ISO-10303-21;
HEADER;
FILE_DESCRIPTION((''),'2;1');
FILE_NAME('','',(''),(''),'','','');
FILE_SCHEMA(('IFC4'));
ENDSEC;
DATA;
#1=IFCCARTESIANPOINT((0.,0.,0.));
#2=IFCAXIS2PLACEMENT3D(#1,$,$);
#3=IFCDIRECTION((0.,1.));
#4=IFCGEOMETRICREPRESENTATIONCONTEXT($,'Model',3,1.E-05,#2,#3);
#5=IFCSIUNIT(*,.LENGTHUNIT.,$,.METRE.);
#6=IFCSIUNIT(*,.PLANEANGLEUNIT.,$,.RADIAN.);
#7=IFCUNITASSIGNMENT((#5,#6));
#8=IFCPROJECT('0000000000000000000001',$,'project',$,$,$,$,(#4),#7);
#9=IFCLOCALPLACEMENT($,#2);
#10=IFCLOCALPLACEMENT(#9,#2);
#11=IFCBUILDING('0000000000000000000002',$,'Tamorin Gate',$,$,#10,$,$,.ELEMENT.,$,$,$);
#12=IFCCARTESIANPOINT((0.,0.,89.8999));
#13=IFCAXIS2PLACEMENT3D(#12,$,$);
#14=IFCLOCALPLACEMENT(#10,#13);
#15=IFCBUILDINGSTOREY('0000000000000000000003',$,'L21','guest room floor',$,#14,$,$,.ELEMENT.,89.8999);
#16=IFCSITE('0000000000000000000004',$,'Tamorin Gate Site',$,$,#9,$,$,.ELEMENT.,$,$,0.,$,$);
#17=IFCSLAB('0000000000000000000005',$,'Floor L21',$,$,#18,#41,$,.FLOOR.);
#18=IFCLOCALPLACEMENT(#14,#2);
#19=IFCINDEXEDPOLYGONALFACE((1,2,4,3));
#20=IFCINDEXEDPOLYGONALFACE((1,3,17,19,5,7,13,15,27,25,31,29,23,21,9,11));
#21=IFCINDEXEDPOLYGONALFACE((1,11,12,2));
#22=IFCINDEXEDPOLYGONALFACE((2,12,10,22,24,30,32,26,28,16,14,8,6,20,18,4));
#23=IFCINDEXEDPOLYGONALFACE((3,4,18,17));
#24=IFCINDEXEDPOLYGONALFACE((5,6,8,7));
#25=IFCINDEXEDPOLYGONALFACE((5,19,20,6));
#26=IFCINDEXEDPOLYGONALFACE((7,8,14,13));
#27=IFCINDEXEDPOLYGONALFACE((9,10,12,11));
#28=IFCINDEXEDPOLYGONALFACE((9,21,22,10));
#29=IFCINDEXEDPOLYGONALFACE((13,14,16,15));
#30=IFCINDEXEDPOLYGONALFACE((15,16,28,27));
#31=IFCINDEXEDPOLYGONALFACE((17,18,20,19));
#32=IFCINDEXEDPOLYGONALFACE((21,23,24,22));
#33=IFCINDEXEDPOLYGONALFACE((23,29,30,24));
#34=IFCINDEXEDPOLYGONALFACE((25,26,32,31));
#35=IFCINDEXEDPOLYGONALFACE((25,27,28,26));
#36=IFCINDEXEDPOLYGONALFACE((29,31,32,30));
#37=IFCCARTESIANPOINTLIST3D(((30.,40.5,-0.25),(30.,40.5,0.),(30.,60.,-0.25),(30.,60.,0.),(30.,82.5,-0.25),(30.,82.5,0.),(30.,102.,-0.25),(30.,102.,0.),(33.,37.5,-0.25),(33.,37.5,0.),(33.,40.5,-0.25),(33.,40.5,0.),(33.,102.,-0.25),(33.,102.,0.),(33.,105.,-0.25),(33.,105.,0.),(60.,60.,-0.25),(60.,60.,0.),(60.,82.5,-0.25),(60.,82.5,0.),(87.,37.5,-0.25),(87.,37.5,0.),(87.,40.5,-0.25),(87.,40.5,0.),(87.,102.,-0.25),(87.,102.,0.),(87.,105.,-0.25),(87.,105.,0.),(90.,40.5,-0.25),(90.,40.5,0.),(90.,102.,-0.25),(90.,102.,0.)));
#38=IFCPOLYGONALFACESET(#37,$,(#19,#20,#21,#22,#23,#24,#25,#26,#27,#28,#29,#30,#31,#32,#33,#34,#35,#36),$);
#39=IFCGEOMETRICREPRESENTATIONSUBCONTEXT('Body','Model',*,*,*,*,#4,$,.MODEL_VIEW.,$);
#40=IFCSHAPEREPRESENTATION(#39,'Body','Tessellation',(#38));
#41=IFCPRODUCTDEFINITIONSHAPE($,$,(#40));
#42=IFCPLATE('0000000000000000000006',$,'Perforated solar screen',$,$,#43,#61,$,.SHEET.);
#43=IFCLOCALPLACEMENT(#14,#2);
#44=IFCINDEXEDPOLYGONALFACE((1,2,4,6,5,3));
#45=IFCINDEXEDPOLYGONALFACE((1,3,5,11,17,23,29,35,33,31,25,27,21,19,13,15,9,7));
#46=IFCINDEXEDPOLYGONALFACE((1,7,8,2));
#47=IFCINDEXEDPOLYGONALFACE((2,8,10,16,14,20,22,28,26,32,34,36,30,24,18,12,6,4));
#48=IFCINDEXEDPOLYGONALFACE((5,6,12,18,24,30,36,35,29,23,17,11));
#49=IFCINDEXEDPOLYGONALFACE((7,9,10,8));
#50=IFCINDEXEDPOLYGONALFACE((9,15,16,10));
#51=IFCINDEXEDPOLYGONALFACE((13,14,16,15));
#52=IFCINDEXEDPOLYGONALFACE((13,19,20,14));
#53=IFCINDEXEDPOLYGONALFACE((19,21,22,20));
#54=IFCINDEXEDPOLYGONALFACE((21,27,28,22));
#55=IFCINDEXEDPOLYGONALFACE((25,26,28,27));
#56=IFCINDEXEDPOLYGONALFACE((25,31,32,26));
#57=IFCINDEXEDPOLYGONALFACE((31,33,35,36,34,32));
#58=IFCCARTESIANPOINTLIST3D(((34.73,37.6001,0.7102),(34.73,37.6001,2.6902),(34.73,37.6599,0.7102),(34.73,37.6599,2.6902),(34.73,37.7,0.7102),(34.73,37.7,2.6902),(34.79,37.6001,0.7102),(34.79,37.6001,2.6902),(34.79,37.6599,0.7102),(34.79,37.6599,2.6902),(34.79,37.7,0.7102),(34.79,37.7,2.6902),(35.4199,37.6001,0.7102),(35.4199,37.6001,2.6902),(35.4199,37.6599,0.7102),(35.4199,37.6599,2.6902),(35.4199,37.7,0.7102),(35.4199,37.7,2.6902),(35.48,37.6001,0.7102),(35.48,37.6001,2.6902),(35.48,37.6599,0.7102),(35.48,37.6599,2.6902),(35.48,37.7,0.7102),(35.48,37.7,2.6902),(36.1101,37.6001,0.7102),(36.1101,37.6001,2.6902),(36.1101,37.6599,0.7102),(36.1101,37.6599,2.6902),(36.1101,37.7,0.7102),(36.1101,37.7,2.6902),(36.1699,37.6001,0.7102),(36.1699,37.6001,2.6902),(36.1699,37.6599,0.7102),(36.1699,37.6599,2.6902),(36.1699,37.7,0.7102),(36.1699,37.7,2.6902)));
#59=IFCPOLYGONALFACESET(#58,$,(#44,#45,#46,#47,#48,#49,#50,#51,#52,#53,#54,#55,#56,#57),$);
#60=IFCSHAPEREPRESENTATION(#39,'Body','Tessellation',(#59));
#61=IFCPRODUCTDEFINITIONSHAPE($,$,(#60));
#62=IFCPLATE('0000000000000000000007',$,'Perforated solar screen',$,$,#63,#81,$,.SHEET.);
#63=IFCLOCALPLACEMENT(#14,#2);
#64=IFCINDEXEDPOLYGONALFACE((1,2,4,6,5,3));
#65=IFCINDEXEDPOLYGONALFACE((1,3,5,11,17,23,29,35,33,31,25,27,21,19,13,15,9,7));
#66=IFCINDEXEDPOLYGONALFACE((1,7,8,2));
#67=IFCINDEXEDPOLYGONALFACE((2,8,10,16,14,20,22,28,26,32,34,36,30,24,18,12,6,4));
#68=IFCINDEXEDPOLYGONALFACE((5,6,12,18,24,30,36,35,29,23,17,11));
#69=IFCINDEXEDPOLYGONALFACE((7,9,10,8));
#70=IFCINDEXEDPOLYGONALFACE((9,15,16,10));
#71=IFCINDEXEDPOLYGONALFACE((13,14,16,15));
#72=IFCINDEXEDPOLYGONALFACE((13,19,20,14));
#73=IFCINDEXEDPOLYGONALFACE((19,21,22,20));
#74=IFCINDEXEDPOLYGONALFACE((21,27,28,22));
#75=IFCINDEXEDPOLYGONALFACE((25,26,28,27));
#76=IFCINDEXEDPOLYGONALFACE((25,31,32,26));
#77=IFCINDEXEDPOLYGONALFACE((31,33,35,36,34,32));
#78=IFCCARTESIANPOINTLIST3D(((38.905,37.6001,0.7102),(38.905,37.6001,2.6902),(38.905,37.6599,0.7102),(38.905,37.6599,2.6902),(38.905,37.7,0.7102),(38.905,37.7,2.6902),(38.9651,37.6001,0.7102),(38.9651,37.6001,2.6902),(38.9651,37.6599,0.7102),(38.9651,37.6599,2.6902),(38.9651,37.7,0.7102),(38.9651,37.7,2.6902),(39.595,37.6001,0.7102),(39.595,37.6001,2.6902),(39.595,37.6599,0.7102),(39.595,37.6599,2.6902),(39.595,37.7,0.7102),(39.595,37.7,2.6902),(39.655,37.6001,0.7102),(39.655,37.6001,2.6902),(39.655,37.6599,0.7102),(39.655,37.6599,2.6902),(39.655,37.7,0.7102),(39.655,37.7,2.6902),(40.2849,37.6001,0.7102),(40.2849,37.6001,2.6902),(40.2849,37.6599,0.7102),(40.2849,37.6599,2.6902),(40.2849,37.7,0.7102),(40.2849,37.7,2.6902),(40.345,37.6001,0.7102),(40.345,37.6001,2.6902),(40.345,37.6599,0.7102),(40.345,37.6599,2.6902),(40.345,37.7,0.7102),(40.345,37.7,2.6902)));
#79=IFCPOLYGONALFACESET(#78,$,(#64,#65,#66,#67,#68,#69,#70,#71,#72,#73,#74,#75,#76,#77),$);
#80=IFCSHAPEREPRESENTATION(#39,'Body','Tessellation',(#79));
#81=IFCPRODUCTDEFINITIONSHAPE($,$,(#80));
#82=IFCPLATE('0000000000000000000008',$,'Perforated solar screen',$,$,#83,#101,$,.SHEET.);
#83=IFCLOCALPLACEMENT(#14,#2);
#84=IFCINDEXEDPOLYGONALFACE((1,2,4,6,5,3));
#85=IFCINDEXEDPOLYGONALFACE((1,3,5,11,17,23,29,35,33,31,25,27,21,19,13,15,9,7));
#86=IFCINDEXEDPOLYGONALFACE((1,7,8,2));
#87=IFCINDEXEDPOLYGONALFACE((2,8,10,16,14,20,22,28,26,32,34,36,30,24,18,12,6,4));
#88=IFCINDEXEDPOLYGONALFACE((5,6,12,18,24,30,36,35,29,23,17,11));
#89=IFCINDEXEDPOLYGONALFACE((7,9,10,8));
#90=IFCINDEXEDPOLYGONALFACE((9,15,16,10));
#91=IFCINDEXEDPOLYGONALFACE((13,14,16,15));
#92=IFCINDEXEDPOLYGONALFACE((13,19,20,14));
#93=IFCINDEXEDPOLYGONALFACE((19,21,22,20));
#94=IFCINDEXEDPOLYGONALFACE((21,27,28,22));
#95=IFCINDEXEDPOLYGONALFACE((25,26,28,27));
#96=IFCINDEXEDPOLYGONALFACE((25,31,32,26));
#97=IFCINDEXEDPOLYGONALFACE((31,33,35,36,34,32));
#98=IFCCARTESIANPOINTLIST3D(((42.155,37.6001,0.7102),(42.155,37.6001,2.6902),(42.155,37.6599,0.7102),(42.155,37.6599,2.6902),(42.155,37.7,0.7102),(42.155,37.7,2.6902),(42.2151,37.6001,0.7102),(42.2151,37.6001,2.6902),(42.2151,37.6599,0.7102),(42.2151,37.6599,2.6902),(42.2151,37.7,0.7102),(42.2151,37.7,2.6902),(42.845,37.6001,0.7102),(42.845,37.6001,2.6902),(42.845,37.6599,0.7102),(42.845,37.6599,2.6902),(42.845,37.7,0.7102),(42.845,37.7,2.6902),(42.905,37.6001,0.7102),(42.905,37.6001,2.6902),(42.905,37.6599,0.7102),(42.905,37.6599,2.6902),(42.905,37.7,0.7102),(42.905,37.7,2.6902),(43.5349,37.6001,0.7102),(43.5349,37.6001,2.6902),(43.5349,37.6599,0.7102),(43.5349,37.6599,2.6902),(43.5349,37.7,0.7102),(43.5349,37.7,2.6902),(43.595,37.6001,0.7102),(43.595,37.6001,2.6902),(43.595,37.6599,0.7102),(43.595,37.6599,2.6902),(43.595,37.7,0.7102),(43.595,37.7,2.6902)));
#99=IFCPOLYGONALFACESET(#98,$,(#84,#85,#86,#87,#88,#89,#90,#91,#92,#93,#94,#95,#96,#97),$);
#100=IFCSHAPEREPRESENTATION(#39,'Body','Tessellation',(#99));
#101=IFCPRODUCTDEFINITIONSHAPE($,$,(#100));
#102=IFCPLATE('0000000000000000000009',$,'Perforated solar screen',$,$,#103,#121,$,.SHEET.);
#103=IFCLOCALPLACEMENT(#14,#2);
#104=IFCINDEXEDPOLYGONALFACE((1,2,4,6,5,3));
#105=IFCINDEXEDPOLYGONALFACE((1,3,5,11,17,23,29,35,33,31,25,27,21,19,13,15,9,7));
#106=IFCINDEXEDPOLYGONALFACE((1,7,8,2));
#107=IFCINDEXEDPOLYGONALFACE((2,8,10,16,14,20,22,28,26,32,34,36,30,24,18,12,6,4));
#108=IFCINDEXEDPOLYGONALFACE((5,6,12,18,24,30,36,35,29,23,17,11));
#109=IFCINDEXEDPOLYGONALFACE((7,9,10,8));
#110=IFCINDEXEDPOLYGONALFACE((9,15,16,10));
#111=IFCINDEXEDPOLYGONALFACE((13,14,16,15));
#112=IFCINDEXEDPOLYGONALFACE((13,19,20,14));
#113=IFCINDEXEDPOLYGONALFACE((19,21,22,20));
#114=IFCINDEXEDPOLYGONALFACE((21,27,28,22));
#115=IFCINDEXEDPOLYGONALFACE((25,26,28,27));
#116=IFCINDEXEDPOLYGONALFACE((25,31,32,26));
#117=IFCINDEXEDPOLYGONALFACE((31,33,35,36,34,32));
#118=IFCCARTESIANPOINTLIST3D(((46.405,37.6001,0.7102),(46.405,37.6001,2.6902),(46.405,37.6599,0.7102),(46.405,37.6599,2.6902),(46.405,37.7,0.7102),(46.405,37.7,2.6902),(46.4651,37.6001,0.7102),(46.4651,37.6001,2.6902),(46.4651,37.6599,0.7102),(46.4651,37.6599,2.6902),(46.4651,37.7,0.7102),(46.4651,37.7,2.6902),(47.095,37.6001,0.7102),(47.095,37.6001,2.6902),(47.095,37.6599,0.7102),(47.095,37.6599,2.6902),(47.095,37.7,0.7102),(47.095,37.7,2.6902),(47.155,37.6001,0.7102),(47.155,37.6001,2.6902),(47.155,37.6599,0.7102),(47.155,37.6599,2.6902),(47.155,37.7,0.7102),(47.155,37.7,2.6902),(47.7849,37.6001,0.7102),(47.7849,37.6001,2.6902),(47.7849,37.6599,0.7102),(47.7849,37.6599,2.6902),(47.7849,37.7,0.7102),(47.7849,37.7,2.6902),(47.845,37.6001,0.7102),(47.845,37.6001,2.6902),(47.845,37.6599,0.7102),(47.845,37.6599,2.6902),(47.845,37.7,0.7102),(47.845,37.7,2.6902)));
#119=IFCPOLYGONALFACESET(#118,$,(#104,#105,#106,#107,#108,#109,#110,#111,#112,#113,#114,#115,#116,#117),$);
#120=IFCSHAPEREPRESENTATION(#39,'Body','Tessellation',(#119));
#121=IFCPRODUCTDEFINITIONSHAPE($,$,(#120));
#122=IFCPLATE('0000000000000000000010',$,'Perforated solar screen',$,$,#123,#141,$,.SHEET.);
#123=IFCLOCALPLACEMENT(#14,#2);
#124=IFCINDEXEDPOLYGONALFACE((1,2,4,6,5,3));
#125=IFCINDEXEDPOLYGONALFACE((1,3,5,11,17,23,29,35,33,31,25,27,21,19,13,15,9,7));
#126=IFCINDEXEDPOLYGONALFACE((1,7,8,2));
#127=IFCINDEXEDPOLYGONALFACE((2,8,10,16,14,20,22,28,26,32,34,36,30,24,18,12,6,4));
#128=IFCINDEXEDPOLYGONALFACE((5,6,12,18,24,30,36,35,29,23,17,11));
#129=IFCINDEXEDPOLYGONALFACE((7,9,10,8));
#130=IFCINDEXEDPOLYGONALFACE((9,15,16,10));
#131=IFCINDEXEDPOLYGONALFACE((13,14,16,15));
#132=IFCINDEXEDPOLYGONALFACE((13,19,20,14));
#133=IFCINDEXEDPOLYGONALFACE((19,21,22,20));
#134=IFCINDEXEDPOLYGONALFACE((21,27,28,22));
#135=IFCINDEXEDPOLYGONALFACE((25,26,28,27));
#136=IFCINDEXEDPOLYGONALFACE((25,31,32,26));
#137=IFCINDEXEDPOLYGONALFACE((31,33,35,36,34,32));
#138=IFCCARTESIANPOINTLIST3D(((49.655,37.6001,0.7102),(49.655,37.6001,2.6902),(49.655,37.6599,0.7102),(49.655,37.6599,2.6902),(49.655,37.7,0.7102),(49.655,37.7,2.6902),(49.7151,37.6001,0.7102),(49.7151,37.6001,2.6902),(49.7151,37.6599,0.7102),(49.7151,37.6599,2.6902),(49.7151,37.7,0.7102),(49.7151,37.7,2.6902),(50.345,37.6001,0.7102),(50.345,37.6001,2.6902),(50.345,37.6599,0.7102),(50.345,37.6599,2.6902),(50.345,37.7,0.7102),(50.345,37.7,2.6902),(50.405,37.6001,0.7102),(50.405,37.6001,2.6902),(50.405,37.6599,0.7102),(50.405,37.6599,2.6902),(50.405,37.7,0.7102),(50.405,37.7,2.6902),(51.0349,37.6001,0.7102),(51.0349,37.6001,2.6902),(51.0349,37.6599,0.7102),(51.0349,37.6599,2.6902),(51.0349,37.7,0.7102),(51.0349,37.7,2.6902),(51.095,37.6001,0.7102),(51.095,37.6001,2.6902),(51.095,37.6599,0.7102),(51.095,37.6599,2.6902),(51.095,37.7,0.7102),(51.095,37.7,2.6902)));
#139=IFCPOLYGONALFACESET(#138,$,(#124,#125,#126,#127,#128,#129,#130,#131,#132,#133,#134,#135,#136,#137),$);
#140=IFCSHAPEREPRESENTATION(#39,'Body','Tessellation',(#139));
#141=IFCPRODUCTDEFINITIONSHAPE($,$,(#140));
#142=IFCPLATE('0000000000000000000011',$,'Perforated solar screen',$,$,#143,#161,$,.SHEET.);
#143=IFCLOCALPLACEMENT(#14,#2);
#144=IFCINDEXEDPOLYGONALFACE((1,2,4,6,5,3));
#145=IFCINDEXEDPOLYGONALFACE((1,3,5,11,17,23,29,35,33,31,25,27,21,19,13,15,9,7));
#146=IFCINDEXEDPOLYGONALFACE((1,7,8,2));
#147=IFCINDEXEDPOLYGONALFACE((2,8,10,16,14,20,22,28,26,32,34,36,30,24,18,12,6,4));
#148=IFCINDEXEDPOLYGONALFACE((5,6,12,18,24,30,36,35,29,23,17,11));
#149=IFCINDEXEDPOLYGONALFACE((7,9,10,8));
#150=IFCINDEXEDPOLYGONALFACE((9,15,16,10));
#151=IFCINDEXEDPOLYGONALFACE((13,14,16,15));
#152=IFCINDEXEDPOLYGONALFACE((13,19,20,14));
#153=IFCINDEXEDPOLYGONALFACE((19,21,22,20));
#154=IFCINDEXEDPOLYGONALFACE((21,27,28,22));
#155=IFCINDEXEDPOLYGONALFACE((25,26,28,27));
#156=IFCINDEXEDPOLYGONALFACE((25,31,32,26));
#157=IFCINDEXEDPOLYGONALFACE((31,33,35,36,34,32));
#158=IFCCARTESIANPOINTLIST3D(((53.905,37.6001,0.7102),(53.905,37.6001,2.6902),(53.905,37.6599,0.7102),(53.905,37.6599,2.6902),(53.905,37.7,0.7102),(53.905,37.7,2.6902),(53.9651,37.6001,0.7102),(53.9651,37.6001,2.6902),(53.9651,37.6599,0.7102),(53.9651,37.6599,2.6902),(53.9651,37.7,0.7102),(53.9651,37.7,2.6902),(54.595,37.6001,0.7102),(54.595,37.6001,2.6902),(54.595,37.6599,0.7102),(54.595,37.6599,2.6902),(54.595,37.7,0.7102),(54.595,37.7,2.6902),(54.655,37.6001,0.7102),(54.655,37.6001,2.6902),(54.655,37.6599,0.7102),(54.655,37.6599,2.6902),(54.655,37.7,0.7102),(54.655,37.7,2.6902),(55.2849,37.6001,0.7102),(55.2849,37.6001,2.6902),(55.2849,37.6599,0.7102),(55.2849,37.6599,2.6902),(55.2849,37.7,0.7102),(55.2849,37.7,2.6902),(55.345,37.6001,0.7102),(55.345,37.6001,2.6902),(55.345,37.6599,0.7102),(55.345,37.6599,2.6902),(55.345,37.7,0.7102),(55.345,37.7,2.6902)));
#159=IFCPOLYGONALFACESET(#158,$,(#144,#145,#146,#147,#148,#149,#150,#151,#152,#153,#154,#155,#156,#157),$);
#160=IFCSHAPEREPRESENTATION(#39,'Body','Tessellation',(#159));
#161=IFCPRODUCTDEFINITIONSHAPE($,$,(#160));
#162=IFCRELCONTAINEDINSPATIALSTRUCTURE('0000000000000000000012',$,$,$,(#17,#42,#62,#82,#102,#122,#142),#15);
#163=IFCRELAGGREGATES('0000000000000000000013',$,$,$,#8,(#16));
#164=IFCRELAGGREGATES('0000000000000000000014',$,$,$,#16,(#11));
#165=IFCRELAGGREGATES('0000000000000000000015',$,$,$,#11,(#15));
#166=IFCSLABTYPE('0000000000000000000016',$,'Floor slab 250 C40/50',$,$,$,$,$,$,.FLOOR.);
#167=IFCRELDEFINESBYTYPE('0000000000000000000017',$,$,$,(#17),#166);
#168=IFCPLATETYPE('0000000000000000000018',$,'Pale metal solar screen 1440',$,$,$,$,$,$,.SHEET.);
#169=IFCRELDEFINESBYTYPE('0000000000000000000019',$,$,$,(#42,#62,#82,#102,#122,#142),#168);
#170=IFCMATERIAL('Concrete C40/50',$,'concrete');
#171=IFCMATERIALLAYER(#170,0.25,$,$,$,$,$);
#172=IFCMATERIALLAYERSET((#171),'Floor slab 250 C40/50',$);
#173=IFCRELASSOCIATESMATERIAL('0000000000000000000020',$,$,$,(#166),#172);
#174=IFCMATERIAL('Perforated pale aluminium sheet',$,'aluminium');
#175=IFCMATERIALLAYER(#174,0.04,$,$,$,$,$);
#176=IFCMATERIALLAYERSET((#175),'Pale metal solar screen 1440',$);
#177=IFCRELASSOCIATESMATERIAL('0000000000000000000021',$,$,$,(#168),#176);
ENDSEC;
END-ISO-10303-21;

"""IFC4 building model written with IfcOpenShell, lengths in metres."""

from ifc_helpers import new_model, si_unit, direction, frame, origin, place, context, subcontext, project, spatial, polyline, outline, extrude, material, layer, layer_set, type_object, element, save


model = new_model("IFC4")

# Units and contexts
model_context = context("Model", 3, precision=1e-05, world=origin(), true_north=direction((0.0, 1.0)))
body_context = subcontext(model_context, "Body", "Model", "MODEL_VIEW")
ifc_project = project(units=[si_unit("LENGTHUNIT", "METRE"), si_unit("PLANEANGLEUNIT", "RADIAN")], contexts=[model_context])

# Site, building, storey
site_placement = place(None, origin())
site = spatial("IfcSite", under=ifc_project, at=site_placement, Name="Tamorin Gate Site", CompositionType="ELEMENT", RefElevation=0.0)
building_placement = place(site_placement, origin())
building = spatial("IfcBuilding", under=site, at=building_placement, Name="Tamorin Gate", CompositionType="ELEMENT")
storey_placement = place(building_placement, frame((0.0, 0.0, 89.8999)))
storey = spatial("IfcBuildingStorey", under=building, at=storey_placement, Name="L21", Description="guest room floor", CompositionType="ELEMENT", Elevation=89.8999)

# Slab
ifc_material_1 = material(Name="Concrete C40/50", Category="concrete")
ifc_layer_1 = layer(ifc_material_1, 0.25)
ifc_layer_set_1 = layer_set([ifc_layer_1], Name="Floor slab 250 C40/50")
slab_type = type_object("IfcSlabType", Name="Floor slab 250 C40/50", PredefinedType="FLOOR", material=ifc_layer_set_1)
slab_placement = place(storey_placement, frame((0.0, 0.0, -0.25)))
element("IfcSlab", 1, at=slab_placement, inside=storey, type_object=slab_type, Name="Floor L21", PredefinedType="FLOOR", context=body_context, shape_type="SweptSolid", body=[
    extrude(outline(polyline([(30.0, 102.0), (33.0, 102.0), (33.0, 105.0), (87.0, 105.0), (87.0, 102.0), (90.0, 102.0), (90.0, 40.5), (87.0, 40.5), (87.0, 37.5), (33.0, 37.5), (33.0, 40.5), (30.0, 40.5), (30.0, 60.0), (60.0, 60.0), (60.0, 82.5), (30.0, 82.5), (30.0, 102.0)])), origin(), (0.0, 0.0, 1.0), 0.25),
])

# Plates
ifc_material_2 = material(Name="Perforated pale aluminium sheet", Category="aluminium")
ifc_layer_2 = layer(ifc_material_2, 0.04)
ifc_layer_set_2 = layer_set([ifc_layer_2], Name="Pale metal solar screen 1440")
plate_type = type_object("IfcPlateType", Name="Pale metal solar screen 1440", PredefinedType="SHEET", material=ifc_layer_set_2)
plate_1_placement = place(storey_placement, frame((0.0, 0.0, 0.7102)))
element("IfcPlate", 2, at=plate_1_placement, inside=storey, type_object=plate_type, Name="Perforated solar screen", PredefinedType="SHEET", context=body_context, shape_type="SweptSolid", body=[
    extrude(outline(polyline([(34.73, 37.6599), (34.73, 37.7), (34.79, 37.7), (35.4199, 37.7), (35.48, 37.7), (36.1101, 37.7), (36.1699, 37.7), (36.1699, 37.6599), (36.1699, 37.6001), (36.1101, 37.6001), (36.1101, 37.6599), (35.48, 37.6599), (35.48, 37.6001), (35.4199, 37.6001), (35.4199, 37.6599), (34.79, 37.6599), (34.79, 37.6001), (34.73, 37.6001), (34.73, 37.6599)])), origin(), (0.0, 0.0, 1.0), 1.98),
])
plate_2_placement = place(storey_placement, frame((0.0, 0.0, 0.7102)))
element("IfcPlate", 3, at=plate_2_placement, inside=storey, type_object=plate_type, Name="Perforated solar screen", PredefinedType="SHEET", context=body_context, shape_type="SweptSolid", body=[
    extrude(outline(polyline([(38.905, 37.6599), (38.905, 37.7), (38.9651, 37.7), (39.595, 37.7), (39.655, 37.7), (40.2849, 37.7), (40.345, 37.7), (40.345, 37.7), (40.345, 37.6599), (40.345, 37.6599), (40.345, 37.6001), (40.2849, 37.6001), (40.2849, 37.6599), (39.655, 37.6599), (39.655, 37.6001), (39.595, 37.6001), (39.595, 37.6599), (38.9651, 37.6599), (38.9651, 37.6001), (38.905, 37.6001), (38.905, 37.6599)])), origin(), (0.0, 0.0, 1.0), 1.98),
])
plate_3_placement = place(storey_placement, frame((0.0, 0.0, 0.7102)))
element("IfcPlate", 4, at=plate_3_placement, inside=storey, type_object=plate_type, Name="Perforated solar screen", PredefinedType="SHEET", context=body_context, shape_type="SweptSolid", body=[
    extrude(outline(polyline([(42.155, 37.6599), (42.155, 37.7), (42.2151, 37.7), (42.845, 37.7), (42.905, 37.7), (43.5349, 37.7), (43.595, 37.7), (43.595, 37.6599), (43.595, 37.6001), (43.5349, 37.6001), (43.5349, 37.6599), (42.905, 37.6599), (42.905, 37.6001), (42.845, 37.6001), (42.845, 37.6599), (42.2151, 37.6599), (42.2151, 37.6001), (42.155, 37.6001), (42.155, 37.6599)])), origin(), (0.0, 0.0, 1.0), 1.98),
])
plate_4_placement = place(storey_placement, frame((0.0, 0.0, 0.7102)))
element("IfcPlate", 5, at=plate_4_placement, inside=storey, type_object=plate_type, Name="Perforated solar screen", PredefinedType="SHEET", context=body_context, shape_type="SweptSolid", body=[
    extrude(outline(polyline([(46.405, 37.6599), (46.405, 37.7), (46.4651, 37.7), (47.095, 37.7), (47.155, 37.7), (47.7849, 37.7), (47.845, 37.7), (47.845, 37.6599), (47.845, 37.6001), (47.7849, 37.6001), (47.7849, 37.6599), (47.155, 37.6599), (47.155, 37.6001), (47.095, 37.6001), (47.095, 37.6599), (46.4651, 37.6599), (46.4651, 37.6001), (46.405, 37.6001), (46.405, 37.6599)])), origin(), (0.0, 0.0, 1.0), 1.98),
])
plate_5_placement = place(storey_placement, frame((0.0, 0.0, 0.7102)))
element("IfcPlate", 6, at=plate_5_placement, inside=storey, type_object=plate_type, Name="Perforated solar screen", PredefinedType="SHEET", context=body_context, shape_type="SweptSolid", body=[
    extrude(outline(polyline([(49.655, 37.6599), (49.655, 37.7), (49.7151, 37.7), (50.345, 37.7), (50.405, 37.7), (51.0349, 37.7), (51.095, 37.7), (51.095, 37.6599), (51.095, 37.6001), (51.0349, 37.6001), (51.0349, 37.6599), (50.405, 37.6599), (50.405, 37.6001), (50.345, 37.6001), (50.345, 37.6599), (49.7151, 37.6599), (49.7151, 37.6001), (49.655, 37.6001), (49.655, 37.6599)])), origin(), (0.0, 0.0, 1.0), 1.98),
])
plate_6_placement = place(storey_placement, frame((0.0, 0.0, 0.7102)))
element("IfcPlate", 7, at=plate_6_placement, inside=storey, type_object=plate_type, Name="Perforated solar screen", PredefinedType="SHEET", context=body_context, shape_type="SweptSolid", body=[
    extrude(outline(polyline([(53.905, 37.6599), (53.905, 37.7), (53.9651, 37.7), (54.595, 37.7), (54.655, 37.7), (55.2849, 37.7), (55.345, 37.7), (55.345, 37.6599), (55.345, 37.6001), (55.2849, 37.6001), (55.2849, 37.6599), (54.655, 37.6599), (54.655, 37.6001), (54.595, 37.6001), (54.595, 37.6599), (53.9651, 37.6599), (53.9651, 37.6001), (53.905, 37.6001), (53.905, 37.6599)])), origin(), (0.0, 0.0, 1.0), 1.98),
])

save(model, "model.ifc")
